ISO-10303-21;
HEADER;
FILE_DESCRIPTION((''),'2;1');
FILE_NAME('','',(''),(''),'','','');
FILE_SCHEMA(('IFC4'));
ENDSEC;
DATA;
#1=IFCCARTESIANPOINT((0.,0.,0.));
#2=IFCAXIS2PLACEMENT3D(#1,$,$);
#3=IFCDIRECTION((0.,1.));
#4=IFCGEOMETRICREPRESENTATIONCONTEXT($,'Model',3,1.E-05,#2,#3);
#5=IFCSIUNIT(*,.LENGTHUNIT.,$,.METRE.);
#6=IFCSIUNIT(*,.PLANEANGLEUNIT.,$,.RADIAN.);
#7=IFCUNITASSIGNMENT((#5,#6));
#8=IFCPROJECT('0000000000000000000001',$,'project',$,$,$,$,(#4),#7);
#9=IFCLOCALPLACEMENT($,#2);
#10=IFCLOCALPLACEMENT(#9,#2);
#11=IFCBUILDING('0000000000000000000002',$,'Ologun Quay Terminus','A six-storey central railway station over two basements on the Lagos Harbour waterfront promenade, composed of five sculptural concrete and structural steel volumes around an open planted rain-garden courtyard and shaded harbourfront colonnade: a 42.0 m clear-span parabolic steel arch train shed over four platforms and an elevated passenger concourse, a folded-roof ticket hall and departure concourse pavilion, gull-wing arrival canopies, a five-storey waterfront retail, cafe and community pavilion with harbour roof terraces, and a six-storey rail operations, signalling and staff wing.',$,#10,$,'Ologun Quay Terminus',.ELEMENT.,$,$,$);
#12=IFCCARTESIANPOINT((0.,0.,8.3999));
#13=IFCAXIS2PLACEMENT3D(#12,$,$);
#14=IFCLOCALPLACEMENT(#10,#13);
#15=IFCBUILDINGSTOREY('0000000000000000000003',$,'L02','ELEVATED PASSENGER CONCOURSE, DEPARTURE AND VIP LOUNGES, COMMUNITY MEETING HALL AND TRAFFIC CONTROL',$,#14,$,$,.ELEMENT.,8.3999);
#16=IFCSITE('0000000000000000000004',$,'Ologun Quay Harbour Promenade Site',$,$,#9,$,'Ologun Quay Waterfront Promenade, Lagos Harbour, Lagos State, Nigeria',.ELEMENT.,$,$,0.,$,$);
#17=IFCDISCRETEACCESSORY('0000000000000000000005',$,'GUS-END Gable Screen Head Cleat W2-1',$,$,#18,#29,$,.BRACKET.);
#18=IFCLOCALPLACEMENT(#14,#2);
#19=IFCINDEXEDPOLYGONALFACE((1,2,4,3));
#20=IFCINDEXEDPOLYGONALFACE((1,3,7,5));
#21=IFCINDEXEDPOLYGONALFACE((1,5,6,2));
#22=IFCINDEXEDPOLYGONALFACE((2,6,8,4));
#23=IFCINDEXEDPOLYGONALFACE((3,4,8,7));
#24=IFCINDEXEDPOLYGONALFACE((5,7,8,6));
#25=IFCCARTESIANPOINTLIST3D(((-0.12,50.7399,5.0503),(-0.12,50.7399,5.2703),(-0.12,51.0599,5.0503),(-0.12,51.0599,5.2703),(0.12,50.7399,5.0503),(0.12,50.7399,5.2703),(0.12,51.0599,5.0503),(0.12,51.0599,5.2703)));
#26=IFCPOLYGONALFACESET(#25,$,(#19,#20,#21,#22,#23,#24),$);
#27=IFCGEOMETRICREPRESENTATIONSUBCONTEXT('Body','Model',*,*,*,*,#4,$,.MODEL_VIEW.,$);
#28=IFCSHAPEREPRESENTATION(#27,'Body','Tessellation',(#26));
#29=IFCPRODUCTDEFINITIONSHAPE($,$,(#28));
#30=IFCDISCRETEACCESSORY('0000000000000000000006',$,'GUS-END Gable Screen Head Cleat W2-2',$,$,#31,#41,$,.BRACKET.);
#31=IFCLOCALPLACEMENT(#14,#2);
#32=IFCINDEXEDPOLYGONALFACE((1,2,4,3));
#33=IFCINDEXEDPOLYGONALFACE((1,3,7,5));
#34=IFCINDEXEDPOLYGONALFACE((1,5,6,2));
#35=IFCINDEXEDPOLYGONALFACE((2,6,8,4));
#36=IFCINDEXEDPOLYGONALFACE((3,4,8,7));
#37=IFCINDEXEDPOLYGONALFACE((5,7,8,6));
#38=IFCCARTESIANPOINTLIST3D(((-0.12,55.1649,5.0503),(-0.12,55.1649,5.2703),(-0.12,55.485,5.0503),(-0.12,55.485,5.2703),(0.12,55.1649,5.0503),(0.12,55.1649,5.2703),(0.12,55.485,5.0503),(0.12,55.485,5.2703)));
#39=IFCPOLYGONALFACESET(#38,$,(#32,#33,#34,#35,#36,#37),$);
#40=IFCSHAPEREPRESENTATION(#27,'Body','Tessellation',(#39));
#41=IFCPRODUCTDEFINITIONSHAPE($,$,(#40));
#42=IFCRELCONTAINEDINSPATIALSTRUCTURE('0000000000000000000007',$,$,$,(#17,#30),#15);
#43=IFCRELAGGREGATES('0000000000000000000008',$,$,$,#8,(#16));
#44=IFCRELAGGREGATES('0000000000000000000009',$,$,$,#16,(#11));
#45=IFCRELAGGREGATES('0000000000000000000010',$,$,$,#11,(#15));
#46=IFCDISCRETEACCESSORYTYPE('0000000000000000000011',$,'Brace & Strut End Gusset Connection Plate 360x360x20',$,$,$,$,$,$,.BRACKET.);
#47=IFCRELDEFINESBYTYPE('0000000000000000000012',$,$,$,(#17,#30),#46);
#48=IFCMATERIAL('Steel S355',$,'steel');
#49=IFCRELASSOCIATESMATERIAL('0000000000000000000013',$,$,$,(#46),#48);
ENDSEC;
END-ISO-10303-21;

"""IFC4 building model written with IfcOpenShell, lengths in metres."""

from ifc_helpers import new_model, si_unit, direction, frame, origin, origin_2d, place, context, subcontext, project, spatial, rectangle, extrude, material, type_object, element, save


model = new_model("IFC4")

# Units and contexts
model_context = context("Model", 3, precision=1e-05, world=origin(), true_north=direction((0.0, 1.0)))
body_context = subcontext(model_context, "Body", "Model", "MODEL_VIEW")
ifc_project = project(units=[si_unit("LENGTHUNIT", "METRE"), si_unit("PLANEANGLEUNIT", "RADIAN")], contexts=[model_context])

# Site, building, storey
site_placement = place(None, origin())
site = spatial("IfcSite", under=ifc_project, at=site_placement, Name="Ologun Quay Harbour Promenade Site", LongName="Ologun Quay Waterfront Promenade, Lagos Harbour, Lagos State, Nigeria", CompositionType="ELEMENT", RefElevation=0.0)
building_placement = place(site_placement, origin())
building = spatial("IfcBuilding", under=site, at=building_placement, Name="Ologun Quay Terminus", Description="A six-storey central railway station over two basements on the Lagos Harbour waterfront promenade, composed of five sculptural concrete and structural steel volumes around an open planted rain-garden courtyard and shaded harbourfront colonnade: a 42.0 m clear-span parabolic steel arch train shed over four platforms and an elevated passenger concourse, a folded-roof ticket hall and departure concourse pavilion, gull-wing arrival canopies, a five-storey waterfront retail, cafe and community pavilion with harbour roof terraces, and a six-storey rail operations, signalling and staff wing.", LongName="Ologun Quay Terminus", CompositionType="ELEMENT")
storey_placement = place(building_placement, frame((0.0, 0.0, 8.3999)))
storey = spatial("IfcBuildingStorey", under=building, at=storey_placement, Name="L02", Description="ELEVATED PASSENGER CONCOURSE, DEPARTURE AND VIP LOUNGES, COMMUNITY MEETING HALL AND TRAFFIC CONTROL", CompositionType="ELEMENT", Elevation=8.3999)

# Discrete accessories
ifc_material_1 = material(Name="Steel S355", Category="steel")
discrete_accessory_type = type_object("IfcDiscreteAccessoryType", Name="Brace & Strut End Gusset Connection Plate 360x360x20", PredefinedType="BRACKET", material=ifc_material_1)
for number, where, z_axis, x_axis, name in (
    (1, (0.0, 50.8999, 5.0503), (0.0, 0.0, 1.0), (1.0, 0.0, 0.0), "GUS-END Gable Screen Head Cleat W2-1"),
    (2, (0.0, 55.325, 5.0503), (0.0, 0.0, 1.0), (1.0, 0.0, 0.0), "GUS-END Gable Screen Head Cleat W2-2"),
):
    element("IfcDiscreteAccessory", number, at=place(storey_placement, frame(where, z_axis=z_axis, x_axis=x_axis)), inside=storey, type_object=discrete_accessory_type, Name=name, PredefinedType="BRACKET", context=body_context, shape_type="SweptSolid", body=[
        extrude(rectangle(XDim=0.24, YDim=0.3201, at=origin_2d()), origin(), (0.0, 0.0, 1.0), 0.22),
    ])

save(model, "model.ifc")
